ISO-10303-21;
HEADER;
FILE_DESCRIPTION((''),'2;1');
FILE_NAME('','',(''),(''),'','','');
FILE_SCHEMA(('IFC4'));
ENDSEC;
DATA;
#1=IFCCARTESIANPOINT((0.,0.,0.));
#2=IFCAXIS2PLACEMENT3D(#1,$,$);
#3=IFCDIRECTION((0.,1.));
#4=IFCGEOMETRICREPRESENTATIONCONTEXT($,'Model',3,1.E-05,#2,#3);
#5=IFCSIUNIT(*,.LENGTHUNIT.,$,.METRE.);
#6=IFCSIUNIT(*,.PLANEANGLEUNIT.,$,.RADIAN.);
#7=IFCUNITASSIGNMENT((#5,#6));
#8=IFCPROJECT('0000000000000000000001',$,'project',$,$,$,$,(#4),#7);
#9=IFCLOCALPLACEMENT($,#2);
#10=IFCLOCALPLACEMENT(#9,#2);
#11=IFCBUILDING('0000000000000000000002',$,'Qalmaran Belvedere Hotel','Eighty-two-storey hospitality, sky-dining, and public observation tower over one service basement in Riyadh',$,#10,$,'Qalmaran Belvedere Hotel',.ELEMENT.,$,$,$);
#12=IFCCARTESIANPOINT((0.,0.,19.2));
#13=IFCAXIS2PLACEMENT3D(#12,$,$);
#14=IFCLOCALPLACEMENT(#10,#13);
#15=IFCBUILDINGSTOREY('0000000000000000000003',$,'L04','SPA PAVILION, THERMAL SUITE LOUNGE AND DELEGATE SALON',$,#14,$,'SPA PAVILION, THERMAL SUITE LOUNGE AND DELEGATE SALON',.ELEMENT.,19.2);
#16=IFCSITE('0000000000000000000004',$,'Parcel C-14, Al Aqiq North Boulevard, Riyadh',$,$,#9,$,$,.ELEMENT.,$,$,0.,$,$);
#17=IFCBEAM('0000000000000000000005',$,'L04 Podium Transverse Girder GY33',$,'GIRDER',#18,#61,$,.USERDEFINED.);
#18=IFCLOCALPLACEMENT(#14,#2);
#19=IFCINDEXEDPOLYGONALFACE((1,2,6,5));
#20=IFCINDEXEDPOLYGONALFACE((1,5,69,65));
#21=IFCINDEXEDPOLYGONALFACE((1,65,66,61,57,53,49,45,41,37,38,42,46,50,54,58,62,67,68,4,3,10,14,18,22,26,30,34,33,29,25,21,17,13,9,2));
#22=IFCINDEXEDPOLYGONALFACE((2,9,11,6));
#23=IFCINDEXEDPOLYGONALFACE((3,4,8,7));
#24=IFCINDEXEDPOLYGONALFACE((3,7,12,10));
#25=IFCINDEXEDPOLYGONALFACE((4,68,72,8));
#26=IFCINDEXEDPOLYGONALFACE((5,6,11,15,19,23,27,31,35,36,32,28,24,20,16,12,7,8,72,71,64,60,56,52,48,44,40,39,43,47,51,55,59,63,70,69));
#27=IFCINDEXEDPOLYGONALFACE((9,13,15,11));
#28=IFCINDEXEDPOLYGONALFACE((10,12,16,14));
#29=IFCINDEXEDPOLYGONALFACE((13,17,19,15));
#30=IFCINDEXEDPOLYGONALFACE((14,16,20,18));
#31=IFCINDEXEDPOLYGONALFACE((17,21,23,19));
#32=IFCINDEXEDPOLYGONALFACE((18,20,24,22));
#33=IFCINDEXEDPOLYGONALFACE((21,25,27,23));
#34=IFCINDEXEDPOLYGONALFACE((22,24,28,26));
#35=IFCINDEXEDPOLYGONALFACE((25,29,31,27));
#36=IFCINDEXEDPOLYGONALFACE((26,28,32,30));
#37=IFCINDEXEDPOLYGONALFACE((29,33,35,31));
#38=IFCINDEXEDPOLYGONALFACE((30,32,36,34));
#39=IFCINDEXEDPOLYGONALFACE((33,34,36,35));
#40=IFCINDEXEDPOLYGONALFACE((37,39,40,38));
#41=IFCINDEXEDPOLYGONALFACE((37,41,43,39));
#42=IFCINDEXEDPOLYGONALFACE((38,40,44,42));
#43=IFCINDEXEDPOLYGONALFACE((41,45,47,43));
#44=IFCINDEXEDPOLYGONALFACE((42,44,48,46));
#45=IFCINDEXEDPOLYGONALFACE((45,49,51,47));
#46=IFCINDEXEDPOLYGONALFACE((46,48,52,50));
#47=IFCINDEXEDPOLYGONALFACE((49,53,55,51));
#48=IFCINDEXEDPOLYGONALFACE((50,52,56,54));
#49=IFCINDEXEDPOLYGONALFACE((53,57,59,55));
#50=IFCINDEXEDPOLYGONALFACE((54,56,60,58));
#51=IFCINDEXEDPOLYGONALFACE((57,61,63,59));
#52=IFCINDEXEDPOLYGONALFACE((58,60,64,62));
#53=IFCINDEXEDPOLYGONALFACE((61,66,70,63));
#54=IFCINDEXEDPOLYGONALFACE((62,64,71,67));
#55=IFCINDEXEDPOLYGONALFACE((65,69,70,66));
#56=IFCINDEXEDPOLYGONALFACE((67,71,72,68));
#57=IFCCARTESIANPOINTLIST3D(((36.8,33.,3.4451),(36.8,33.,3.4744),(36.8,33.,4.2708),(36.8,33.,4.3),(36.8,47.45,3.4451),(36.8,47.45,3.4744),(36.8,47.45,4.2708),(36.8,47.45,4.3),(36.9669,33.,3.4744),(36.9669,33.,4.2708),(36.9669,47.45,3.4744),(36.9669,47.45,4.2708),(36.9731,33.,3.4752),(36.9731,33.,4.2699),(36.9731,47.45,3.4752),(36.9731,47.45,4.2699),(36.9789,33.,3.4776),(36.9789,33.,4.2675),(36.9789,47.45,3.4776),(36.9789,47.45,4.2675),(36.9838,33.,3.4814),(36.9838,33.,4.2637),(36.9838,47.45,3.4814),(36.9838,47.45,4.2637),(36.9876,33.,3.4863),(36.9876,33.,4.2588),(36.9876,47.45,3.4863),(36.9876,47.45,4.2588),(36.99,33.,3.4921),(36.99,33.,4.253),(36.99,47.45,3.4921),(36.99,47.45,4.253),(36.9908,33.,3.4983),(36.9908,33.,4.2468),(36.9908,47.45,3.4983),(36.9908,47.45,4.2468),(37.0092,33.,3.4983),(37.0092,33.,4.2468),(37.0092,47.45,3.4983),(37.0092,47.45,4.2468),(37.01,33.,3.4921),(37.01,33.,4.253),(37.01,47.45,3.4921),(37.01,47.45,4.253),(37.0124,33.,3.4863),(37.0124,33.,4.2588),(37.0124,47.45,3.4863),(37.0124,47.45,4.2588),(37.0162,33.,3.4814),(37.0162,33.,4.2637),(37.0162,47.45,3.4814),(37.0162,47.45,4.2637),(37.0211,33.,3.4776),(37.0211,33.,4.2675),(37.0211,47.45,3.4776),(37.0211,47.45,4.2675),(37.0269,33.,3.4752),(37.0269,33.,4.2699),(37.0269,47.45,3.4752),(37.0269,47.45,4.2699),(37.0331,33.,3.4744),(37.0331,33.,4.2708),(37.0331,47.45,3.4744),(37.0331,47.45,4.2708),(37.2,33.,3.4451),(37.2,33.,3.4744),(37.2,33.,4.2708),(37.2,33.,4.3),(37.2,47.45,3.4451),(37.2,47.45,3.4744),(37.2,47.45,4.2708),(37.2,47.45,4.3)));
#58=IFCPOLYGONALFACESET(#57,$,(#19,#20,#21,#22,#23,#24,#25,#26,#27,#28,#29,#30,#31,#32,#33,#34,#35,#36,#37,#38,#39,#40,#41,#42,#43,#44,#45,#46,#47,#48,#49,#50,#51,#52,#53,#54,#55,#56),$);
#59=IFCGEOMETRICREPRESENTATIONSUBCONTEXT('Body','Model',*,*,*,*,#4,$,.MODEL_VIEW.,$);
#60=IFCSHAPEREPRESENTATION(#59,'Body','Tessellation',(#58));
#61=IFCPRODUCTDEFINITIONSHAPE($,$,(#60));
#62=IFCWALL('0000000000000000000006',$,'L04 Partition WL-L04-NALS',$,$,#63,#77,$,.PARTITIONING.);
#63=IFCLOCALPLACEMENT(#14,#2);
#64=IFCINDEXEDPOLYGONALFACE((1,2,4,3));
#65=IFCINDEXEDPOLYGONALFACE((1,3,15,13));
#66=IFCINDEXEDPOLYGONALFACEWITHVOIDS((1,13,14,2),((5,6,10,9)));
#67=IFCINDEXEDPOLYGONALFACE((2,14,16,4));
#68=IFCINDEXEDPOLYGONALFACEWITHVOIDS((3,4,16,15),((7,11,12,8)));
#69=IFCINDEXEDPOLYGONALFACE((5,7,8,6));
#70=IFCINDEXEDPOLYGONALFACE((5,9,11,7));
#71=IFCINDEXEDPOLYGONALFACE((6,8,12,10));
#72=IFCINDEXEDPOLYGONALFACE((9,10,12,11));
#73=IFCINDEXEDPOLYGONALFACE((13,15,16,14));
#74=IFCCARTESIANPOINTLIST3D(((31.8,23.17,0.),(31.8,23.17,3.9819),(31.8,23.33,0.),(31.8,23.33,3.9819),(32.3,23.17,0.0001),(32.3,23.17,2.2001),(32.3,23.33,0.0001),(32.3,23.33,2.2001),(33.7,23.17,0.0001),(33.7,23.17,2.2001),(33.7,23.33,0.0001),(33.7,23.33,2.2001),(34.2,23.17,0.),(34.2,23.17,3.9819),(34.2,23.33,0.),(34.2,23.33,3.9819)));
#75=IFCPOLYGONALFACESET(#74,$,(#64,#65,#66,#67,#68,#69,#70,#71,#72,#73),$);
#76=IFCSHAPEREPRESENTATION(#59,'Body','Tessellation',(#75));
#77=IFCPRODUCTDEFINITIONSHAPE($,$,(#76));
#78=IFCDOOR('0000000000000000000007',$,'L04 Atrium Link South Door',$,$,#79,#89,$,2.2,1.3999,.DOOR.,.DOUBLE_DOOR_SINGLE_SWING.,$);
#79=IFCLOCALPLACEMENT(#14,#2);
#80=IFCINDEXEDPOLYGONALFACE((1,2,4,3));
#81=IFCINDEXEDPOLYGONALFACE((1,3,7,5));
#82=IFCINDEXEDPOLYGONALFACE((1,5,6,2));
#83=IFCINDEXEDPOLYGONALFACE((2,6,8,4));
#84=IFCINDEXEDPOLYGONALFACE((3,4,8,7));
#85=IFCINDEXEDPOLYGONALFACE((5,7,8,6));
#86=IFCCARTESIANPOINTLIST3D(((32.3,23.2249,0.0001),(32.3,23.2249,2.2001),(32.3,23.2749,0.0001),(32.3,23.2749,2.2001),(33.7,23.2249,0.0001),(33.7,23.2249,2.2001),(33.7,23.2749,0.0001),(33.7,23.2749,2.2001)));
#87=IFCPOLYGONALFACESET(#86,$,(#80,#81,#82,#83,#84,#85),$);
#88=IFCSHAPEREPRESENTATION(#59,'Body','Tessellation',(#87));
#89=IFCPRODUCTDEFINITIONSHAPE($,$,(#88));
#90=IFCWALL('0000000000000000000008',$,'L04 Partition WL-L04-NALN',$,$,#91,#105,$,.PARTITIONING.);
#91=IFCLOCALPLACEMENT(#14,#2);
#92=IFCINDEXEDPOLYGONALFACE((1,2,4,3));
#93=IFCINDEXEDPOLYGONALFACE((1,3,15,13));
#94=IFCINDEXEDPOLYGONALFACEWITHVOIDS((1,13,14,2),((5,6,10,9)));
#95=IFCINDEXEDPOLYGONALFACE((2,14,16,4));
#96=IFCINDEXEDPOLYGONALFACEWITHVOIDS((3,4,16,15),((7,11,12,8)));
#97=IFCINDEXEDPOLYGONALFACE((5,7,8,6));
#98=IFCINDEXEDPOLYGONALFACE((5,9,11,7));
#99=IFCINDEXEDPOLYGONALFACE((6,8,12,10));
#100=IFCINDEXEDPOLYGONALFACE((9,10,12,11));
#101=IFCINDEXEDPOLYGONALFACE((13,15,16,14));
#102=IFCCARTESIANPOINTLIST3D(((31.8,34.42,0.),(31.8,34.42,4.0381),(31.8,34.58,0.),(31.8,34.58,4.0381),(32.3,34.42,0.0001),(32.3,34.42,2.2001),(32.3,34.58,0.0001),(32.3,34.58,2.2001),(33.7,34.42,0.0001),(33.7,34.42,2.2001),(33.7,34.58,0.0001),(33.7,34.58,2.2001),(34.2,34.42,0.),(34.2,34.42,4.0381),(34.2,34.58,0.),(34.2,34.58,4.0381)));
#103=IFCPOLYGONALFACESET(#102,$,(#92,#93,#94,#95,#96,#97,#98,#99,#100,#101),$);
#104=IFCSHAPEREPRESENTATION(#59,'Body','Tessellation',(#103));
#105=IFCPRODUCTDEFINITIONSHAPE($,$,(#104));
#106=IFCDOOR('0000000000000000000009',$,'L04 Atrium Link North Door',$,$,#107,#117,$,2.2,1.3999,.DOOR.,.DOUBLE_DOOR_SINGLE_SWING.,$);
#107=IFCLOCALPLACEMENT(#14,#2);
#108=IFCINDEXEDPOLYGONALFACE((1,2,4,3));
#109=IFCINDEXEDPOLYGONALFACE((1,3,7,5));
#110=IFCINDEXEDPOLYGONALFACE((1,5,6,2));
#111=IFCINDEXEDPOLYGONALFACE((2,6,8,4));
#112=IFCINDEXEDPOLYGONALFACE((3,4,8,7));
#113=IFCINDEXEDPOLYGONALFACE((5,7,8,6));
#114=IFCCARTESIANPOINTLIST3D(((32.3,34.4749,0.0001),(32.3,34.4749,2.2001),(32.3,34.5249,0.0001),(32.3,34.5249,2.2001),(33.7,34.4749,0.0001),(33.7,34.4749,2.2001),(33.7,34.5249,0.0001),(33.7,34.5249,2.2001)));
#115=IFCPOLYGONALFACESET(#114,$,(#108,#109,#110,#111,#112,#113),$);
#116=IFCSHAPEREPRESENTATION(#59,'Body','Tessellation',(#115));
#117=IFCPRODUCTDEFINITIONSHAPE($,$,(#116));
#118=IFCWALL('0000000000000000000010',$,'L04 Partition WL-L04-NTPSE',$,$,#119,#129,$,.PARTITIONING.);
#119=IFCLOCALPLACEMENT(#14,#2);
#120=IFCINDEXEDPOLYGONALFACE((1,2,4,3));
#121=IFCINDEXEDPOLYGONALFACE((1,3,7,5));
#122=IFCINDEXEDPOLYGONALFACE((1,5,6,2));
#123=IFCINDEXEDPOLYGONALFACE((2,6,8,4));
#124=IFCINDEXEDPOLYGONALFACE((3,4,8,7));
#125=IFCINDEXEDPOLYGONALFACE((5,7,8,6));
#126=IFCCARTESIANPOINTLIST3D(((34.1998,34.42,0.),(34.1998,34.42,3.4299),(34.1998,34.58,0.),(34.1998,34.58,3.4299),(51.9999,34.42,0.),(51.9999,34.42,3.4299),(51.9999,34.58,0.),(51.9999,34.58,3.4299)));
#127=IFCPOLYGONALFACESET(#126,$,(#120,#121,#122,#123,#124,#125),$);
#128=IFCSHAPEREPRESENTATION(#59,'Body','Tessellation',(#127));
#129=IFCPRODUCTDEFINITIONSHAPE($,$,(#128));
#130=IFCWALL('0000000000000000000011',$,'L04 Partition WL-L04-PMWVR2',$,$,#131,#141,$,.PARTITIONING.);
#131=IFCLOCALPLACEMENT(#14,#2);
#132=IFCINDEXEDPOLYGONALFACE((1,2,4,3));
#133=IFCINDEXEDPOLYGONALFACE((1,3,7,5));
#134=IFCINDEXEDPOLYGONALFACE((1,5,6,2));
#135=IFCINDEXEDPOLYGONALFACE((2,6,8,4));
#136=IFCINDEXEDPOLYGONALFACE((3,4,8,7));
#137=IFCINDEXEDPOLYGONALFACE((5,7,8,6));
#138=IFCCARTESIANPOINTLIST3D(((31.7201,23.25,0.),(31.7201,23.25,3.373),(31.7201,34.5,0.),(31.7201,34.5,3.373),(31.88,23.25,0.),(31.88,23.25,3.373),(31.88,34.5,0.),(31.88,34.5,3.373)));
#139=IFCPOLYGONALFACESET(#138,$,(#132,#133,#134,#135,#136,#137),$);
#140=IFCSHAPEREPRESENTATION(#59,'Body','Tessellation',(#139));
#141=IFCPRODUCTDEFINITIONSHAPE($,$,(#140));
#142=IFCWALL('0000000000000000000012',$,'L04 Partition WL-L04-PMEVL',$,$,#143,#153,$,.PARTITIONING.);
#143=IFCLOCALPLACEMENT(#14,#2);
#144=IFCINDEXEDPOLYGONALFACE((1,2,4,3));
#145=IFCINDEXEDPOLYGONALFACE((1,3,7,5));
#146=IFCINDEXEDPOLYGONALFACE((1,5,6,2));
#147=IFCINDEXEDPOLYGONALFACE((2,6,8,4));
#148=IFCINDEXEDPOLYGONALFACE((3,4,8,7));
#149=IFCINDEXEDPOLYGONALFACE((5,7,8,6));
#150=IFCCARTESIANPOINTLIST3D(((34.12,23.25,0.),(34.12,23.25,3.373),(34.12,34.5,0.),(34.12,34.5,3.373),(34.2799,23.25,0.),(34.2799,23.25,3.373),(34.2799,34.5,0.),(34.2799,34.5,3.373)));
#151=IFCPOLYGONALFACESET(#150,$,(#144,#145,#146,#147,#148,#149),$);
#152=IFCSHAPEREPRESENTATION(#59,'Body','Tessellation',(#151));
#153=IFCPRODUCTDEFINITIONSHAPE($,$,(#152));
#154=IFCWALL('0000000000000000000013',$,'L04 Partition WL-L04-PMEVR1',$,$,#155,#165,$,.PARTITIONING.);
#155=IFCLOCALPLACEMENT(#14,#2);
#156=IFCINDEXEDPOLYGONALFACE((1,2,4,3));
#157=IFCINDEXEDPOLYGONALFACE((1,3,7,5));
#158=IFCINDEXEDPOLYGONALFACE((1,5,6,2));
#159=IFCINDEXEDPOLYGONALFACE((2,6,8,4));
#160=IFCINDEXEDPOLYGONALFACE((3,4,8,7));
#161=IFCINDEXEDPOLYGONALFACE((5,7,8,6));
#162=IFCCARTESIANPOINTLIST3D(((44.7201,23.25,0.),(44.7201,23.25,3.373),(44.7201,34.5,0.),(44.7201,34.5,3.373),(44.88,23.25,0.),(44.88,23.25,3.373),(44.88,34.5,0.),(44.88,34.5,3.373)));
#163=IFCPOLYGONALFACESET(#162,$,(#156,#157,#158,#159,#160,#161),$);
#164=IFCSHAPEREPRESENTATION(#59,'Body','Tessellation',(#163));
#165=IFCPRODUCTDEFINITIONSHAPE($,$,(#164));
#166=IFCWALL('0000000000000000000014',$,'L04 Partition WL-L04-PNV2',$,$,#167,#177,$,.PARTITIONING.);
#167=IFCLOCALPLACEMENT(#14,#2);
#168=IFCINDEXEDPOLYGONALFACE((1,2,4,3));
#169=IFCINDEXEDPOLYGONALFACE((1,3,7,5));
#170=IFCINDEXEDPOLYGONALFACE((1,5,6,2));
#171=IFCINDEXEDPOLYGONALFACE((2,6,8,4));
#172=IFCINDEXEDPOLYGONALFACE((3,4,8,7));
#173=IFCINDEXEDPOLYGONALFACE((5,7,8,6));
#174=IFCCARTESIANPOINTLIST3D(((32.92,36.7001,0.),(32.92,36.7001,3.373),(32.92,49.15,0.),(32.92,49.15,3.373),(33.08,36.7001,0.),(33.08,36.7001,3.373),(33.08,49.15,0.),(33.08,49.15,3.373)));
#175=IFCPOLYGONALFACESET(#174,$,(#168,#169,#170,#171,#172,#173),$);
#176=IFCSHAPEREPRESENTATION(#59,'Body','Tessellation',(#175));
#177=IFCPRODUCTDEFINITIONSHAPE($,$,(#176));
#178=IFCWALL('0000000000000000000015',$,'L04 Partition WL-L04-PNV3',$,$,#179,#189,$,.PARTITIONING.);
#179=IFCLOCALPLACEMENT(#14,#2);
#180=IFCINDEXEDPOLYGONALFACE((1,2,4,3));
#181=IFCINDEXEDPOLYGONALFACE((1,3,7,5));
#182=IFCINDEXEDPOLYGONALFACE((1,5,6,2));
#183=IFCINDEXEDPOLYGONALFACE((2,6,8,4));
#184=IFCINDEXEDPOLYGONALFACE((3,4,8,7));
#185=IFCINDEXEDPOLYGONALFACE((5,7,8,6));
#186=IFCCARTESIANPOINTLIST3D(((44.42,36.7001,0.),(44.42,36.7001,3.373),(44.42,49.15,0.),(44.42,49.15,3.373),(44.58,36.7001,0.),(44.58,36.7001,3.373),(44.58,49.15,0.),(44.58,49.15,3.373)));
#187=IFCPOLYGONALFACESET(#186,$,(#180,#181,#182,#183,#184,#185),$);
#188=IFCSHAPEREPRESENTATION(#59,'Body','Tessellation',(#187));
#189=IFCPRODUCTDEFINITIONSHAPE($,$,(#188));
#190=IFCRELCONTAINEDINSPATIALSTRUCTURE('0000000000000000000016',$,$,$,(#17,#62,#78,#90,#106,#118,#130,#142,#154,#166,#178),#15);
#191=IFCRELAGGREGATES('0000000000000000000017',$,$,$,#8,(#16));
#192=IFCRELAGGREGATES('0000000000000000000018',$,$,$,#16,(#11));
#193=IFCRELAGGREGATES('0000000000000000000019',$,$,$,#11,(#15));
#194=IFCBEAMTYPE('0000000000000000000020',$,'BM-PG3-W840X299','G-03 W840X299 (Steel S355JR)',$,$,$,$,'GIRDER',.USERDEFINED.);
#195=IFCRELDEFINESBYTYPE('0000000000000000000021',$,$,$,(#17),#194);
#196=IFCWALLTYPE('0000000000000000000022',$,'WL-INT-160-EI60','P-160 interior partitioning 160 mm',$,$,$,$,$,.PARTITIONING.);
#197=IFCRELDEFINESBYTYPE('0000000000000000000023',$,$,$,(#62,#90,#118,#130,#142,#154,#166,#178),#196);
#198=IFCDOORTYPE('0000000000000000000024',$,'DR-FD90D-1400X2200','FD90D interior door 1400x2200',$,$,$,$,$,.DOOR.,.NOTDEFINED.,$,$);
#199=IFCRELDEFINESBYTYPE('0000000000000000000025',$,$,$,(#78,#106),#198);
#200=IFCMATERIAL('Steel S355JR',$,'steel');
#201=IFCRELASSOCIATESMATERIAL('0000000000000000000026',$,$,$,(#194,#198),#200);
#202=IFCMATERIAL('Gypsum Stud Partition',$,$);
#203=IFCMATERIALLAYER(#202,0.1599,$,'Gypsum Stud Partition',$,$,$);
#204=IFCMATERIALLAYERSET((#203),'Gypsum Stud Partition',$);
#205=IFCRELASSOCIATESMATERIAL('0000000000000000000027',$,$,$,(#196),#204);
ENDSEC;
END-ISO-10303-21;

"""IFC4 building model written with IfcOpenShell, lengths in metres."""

from ifc_helpers import new_model, si_unit, direction, frame, frame_2d, origin, origin_2d, place, context, subcontext, project, spatial, rectangle, i_section, extrude, material, layer, layer_set, material_profile, profile_set, type_object, element, fill, save


model = new_model("IFC4")

# Units and contexts
model_context = context("Model", 3, precision=1e-05, world=origin(), true_north=direction((0.0, 1.0)))
body_context = subcontext(model_context, "Body", "Model", "MODEL_VIEW")
ifc_project = project(units=[si_unit("LENGTHUNIT", "METRE"), si_unit("PLANEANGLEUNIT", "RADIAN")], contexts=[model_context])

# Site, building, storey
site_placement = place(None, origin())
site = spatial("IfcSite", under=ifc_project, at=site_placement, Name="Parcel C-14, Al Aqiq North Boulevard, Riyadh", CompositionType="ELEMENT", RefElevation=0.0)
building_placement = place(site_placement, origin())
building = spatial("IfcBuilding", under=site, at=building_placement, Name="Qalmaran Belvedere Hotel", Description="Eighty-two-storey hospitality, sky-dining, and public observation tower over one service basement in Riyadh", LongName="Qalmaran Belvedere Hotel", CompositionType="ELEMENT")
storey_placement = place(building_placement, frame((0.0, 0.0, 19.2)))
storey = spatial("IfcBuildingStorey", under=building, at=storey_placement, Name="L04", Description="SPA PAVILION, THERMAL SUITE LOUNGE AND DELEGATE SALON", LongName="SPA PAVILION, THERMAL SUITE LOUNGE AND DELEGATE SALON", CompositionType="ELEMENT", Elevation=19.2)

# Beam
ifc_material_1 = material(Name="Steel S355JR", Category="steel")
ifc_material_profile_1 = material_profile(ifc_material_1, i_section(OverallWidth=0.3999, OverallDepth=0.855, WebThickness=0.0183, FlangeThickness=0.0293, FilletRadius=0.0239, at=origin_2d()), Name="W840X299")
ifc_profile_set_1 = profile_set([ifc_material_profile_1], Name="Steel S355JR")
beam_type_1 = type_object("IfcBeamType", Name="BM-PG3-W840X299", Description="G-03 W840X299 (Steel S355JR)", ElementType="GIRDER", PredefinedType="USERDEFINED", material=ifc_profile_set_1)
beam_placement = place(storey_placement, frame((37.0, 33.0, 3.8726), z_axis=(0.0, 1.0, 0.0), x_axis=(-1.0, 0.0, 0.0)))
element("IfcBeam", 1, at=beam_placement, inside=storey, type_object=beam_type_1, Name="L04 Podium Transverse Girder GY33", ObjectType="GIRDER", PredefinedType="USERDEFINED", context=body_context, shape_type="SweptSolid", body=[
    extrude(i_section(OverallWidth=0.3999, OverallDepth=0.855, WebThickness=0.0183, FlangeThickness=0.0293, FilletRadius=0.0239, at=origin_2d()), origin(), (0.0, 0.0, 1.0), 14.45),
])

# Walls, openings, doors
ifc_material_2 = material(Name="Gypsum Stud Partition")
ifc_layer_1 = layer(ifc_material_2, 0.1599, Name="Gypsum Stud Partition")
ifc_layer_set_1 = layer_set([ifc_layer_1], Name="Gypsum Stud Partition")
wall_type_1 = type_object("IfcWallType", Name="WL-INT-160-EI60", Description="P-160 interior partitioning 160 mm", PredefinedType="PARTITIONING", material=ifc_layer_set_1)
wall_1_placement = place(storey_placement, frame((31.8, 23.25, 0.0), z_axis=(0.0, 0.0, 1.0), x_axis=(1.0, 0.0, 0.0)))
wall_1 = element("IfcWall", 2, at=wall_1_placement, inside=storey, type_object=wall_type_1, Name="L04 Partition WL-L04-NALS", PredefinedType="PARTITIONING", context=body_context, shape_type="SweptSolid", body=[
    extrude(rectangle(XDim=2.3999, YDim=0.1599, at=frame_2d((1.2, 0.0))), origin(), (0.0, 0.0, 1.0), 3.9819),
])
opening_1_placement = place(wall_1_placement, frame((0.5, 0.0, 0.0)))
opening_1 = element("IfcOpeningElement", 3, at=opening_1_placement, cuts=wall_1, PredefinedType="OPENING", context=body_context, shape_type="SweptSolid", body=[
    extrude(rectangle(XDim=1.3999, YDim=2.2, at=frame_2d((0.7, 1.1001))), frame((0.0, 0.0898, 0.0), z_axis=(0.0, -1.0, 0.0), x_axis=(1.0, 0.0, 0.0)), (0.0, 0.0, 1.0), 0.1799),
])
door_type_1 = type_object("IfcDoorType", Name="DR-FD90D-1400X2200", Description="FD90D interior door 1400x2200", OperationType="NOTDEFINED", PredefinedType="DOOR", material=ifc_material_1)
door_1_placement = place(opening_1_placement, origin())
door_1 = element("IfcDoor", 4, at=door_1_placement, inside=storey, type_object=door_type_1, Name="L04 Atrium Link South Door", OperationType="DOUBLE_DOOR_SINGLE_SWING", OverallHeight=2.2, OverallWidth=1.3999, PredefinedType="DOOR", context=body_context, shape_type="SweptSolid", body=[
    extrude(rectangle(XDim=1.3999, YDim=2.2, at=frame_2d((0.7, 1.1001))), frame((0.0, 0.0249, 0.0), z_axis=(0.0, -1.0, 0.0), x_axis=(1.0, 0.0, 0.0)), (0.0, 0.0, 1.0), 0.05),
])
fill(opening_1, door_1)
wall_2_placement = place(storey_placement, frame((31.8, 34.5, 0.0), z_axis=(0.0, 0.0, 1.0), x_axis=(1.0, 0.0, 0.0)))
wall_2 = element("IfcWall", 5, at=wall_2_placement, inside=storey, type_object=wall_type_1, Name="L04 Partition WL-L04-NALN", PredefinedType="PARTITIONING", context=body_context, shape_type="SweptSolid", body=[
    extrude(rectangle(XDim=2.3999, YDim=0.1599, at=frame_2d((1.2, 0.0))), origin(), (0.0, 0.0, 1.0), 4.0381),
])
opening_2_placement = place(wall_2_placement, frame((0.5, 0.0, 0.0)))
opening_2 = element("IfcOpeningElement", 6, at=opening_2_placement, cuts=wall_2, PredefinedType="OPENING", context=body_context, shape_type="SweptSolid", body=[
    extrude(rectangle(XDim=1.3999, YDim=2.2, at=frame_2d((0.7, 1.1001))), frame((0.0, 0.0898, 0.0), z_axis=(0.0, -1.0, 0.0), x_axis=(1.0, 0.0, 0.0)), (0.0, 0.0, 1.0), 0.1799),
])
door_2_placement = place(opening_2_placement, origin())
door_2 = element("IfcDoor", 7, at=door_2_placement, inside=storey, type_object=door_type_1, Name="L04 Atrium Link North Door", OperationType="DOUBLE_DOOR_SINGLE_SWING", OverallHeight=2.2, OverallWidth=1.3999, PredefinedType="DOOR", context=body_context, shape_type="SweptSolid", body=[
    extrude(rectangle(XDim=1.3999, YDim=2.2, at=frame_2d((0.7, 1.1001))), frame((0.0, 0.0249, 0.0), z_axis=(0.0, -1.0, 0.0), x_axis=(1.0, 0.0, 0.0)), (0.0, 0.0, 1.0), 0.05),
])
fill(opening_2, door_2)

# Walls
wall_3_placement = place(storey_placement, frame((34.2, 34.5, 0.0), z_axis=(0.0, 0.0, 1.0), x_axis=(1.0, 0.0, 0.0)))
element("IfcWall", 8, at=wall_3_placement, inside=storey, type_object=wall_type_1, Name="L04 Partition WL-L04-NTPSE", PredefinedType="PARTITIONING", context=body_context, shape_type="SweptSolid", body=[
    extrude(rectangle(XDim=17.8, YDim=0.1599, at=frame_2d((8.8999, 0.0))), origin(), (0.0, 0.0, 1.0), 3.4299),
])
for number, where, z_axis, x_axis, name in (
    (9, (31.8, 23.25, 0.0), (0.0, 0.0, 1.0), (0.0, 1.0, 0.0), "L04 Partition WL-L04-PMWVR2"),
    (10, (34.2, 23.25, 0.0), (0.0, 0.0, 1.0), (0.0, 1.0, 0.0), "L04 Partition WL-L04-PMEVL"),
    (11, (44.8, 23.25, 0.0), (0.0, 0.0, 1.0), (0.0, 1.0, 0.0), "L04 Partition WL-L04-PMEVR1"),
):
    element("IfcWall", number, at=place(storey_placement, frame(where, z_axis=z_axis, x_axis=x_axis)), inside=storey, type_object=wall_type_1, Name=name, PredefinedType="PARTITIONING", context=body_context, shape_type="SweptSolid", body=[
        extrude(rectangle(XDim=11.25, YDim=0.1599, at=frame_2d((5.625, 0.0))), origin(), (0.0, 0.0, 1.0), 3.373),
    ])
for number, where, z_axis, x_axis, name in (
    (12, (33.0, 36.7, 0.0), (0.0, 0.0, 1.0), (0.0, 1.0, 0.0), "L04 Partition WL-L04-PNV2"),
    (13, (44.5, 36.7, 0.0), (0.0, 0.0, 1.0), (0.0, 1.0, 0.0), "L04 Partition WL-L04-PNV3"),
):
    element("IfcWall", number, at=place(storey_placement, frame(where, z_axis=z_axis, x_axis=x_axis)), inside=storey, type_object=wall_type_1, Name=name, PredefinedType="PARTITIONING", context=body_context, shape_type="SweptSolid", body=[
        extrude(rectangle(XDim=12.45, YDim=0.1599, at=frame_2d((6.2251, 0.0))), origin(), (0.0, 0.0, 1.0), 3.373),
    ])

save(model, "model.ifc")
